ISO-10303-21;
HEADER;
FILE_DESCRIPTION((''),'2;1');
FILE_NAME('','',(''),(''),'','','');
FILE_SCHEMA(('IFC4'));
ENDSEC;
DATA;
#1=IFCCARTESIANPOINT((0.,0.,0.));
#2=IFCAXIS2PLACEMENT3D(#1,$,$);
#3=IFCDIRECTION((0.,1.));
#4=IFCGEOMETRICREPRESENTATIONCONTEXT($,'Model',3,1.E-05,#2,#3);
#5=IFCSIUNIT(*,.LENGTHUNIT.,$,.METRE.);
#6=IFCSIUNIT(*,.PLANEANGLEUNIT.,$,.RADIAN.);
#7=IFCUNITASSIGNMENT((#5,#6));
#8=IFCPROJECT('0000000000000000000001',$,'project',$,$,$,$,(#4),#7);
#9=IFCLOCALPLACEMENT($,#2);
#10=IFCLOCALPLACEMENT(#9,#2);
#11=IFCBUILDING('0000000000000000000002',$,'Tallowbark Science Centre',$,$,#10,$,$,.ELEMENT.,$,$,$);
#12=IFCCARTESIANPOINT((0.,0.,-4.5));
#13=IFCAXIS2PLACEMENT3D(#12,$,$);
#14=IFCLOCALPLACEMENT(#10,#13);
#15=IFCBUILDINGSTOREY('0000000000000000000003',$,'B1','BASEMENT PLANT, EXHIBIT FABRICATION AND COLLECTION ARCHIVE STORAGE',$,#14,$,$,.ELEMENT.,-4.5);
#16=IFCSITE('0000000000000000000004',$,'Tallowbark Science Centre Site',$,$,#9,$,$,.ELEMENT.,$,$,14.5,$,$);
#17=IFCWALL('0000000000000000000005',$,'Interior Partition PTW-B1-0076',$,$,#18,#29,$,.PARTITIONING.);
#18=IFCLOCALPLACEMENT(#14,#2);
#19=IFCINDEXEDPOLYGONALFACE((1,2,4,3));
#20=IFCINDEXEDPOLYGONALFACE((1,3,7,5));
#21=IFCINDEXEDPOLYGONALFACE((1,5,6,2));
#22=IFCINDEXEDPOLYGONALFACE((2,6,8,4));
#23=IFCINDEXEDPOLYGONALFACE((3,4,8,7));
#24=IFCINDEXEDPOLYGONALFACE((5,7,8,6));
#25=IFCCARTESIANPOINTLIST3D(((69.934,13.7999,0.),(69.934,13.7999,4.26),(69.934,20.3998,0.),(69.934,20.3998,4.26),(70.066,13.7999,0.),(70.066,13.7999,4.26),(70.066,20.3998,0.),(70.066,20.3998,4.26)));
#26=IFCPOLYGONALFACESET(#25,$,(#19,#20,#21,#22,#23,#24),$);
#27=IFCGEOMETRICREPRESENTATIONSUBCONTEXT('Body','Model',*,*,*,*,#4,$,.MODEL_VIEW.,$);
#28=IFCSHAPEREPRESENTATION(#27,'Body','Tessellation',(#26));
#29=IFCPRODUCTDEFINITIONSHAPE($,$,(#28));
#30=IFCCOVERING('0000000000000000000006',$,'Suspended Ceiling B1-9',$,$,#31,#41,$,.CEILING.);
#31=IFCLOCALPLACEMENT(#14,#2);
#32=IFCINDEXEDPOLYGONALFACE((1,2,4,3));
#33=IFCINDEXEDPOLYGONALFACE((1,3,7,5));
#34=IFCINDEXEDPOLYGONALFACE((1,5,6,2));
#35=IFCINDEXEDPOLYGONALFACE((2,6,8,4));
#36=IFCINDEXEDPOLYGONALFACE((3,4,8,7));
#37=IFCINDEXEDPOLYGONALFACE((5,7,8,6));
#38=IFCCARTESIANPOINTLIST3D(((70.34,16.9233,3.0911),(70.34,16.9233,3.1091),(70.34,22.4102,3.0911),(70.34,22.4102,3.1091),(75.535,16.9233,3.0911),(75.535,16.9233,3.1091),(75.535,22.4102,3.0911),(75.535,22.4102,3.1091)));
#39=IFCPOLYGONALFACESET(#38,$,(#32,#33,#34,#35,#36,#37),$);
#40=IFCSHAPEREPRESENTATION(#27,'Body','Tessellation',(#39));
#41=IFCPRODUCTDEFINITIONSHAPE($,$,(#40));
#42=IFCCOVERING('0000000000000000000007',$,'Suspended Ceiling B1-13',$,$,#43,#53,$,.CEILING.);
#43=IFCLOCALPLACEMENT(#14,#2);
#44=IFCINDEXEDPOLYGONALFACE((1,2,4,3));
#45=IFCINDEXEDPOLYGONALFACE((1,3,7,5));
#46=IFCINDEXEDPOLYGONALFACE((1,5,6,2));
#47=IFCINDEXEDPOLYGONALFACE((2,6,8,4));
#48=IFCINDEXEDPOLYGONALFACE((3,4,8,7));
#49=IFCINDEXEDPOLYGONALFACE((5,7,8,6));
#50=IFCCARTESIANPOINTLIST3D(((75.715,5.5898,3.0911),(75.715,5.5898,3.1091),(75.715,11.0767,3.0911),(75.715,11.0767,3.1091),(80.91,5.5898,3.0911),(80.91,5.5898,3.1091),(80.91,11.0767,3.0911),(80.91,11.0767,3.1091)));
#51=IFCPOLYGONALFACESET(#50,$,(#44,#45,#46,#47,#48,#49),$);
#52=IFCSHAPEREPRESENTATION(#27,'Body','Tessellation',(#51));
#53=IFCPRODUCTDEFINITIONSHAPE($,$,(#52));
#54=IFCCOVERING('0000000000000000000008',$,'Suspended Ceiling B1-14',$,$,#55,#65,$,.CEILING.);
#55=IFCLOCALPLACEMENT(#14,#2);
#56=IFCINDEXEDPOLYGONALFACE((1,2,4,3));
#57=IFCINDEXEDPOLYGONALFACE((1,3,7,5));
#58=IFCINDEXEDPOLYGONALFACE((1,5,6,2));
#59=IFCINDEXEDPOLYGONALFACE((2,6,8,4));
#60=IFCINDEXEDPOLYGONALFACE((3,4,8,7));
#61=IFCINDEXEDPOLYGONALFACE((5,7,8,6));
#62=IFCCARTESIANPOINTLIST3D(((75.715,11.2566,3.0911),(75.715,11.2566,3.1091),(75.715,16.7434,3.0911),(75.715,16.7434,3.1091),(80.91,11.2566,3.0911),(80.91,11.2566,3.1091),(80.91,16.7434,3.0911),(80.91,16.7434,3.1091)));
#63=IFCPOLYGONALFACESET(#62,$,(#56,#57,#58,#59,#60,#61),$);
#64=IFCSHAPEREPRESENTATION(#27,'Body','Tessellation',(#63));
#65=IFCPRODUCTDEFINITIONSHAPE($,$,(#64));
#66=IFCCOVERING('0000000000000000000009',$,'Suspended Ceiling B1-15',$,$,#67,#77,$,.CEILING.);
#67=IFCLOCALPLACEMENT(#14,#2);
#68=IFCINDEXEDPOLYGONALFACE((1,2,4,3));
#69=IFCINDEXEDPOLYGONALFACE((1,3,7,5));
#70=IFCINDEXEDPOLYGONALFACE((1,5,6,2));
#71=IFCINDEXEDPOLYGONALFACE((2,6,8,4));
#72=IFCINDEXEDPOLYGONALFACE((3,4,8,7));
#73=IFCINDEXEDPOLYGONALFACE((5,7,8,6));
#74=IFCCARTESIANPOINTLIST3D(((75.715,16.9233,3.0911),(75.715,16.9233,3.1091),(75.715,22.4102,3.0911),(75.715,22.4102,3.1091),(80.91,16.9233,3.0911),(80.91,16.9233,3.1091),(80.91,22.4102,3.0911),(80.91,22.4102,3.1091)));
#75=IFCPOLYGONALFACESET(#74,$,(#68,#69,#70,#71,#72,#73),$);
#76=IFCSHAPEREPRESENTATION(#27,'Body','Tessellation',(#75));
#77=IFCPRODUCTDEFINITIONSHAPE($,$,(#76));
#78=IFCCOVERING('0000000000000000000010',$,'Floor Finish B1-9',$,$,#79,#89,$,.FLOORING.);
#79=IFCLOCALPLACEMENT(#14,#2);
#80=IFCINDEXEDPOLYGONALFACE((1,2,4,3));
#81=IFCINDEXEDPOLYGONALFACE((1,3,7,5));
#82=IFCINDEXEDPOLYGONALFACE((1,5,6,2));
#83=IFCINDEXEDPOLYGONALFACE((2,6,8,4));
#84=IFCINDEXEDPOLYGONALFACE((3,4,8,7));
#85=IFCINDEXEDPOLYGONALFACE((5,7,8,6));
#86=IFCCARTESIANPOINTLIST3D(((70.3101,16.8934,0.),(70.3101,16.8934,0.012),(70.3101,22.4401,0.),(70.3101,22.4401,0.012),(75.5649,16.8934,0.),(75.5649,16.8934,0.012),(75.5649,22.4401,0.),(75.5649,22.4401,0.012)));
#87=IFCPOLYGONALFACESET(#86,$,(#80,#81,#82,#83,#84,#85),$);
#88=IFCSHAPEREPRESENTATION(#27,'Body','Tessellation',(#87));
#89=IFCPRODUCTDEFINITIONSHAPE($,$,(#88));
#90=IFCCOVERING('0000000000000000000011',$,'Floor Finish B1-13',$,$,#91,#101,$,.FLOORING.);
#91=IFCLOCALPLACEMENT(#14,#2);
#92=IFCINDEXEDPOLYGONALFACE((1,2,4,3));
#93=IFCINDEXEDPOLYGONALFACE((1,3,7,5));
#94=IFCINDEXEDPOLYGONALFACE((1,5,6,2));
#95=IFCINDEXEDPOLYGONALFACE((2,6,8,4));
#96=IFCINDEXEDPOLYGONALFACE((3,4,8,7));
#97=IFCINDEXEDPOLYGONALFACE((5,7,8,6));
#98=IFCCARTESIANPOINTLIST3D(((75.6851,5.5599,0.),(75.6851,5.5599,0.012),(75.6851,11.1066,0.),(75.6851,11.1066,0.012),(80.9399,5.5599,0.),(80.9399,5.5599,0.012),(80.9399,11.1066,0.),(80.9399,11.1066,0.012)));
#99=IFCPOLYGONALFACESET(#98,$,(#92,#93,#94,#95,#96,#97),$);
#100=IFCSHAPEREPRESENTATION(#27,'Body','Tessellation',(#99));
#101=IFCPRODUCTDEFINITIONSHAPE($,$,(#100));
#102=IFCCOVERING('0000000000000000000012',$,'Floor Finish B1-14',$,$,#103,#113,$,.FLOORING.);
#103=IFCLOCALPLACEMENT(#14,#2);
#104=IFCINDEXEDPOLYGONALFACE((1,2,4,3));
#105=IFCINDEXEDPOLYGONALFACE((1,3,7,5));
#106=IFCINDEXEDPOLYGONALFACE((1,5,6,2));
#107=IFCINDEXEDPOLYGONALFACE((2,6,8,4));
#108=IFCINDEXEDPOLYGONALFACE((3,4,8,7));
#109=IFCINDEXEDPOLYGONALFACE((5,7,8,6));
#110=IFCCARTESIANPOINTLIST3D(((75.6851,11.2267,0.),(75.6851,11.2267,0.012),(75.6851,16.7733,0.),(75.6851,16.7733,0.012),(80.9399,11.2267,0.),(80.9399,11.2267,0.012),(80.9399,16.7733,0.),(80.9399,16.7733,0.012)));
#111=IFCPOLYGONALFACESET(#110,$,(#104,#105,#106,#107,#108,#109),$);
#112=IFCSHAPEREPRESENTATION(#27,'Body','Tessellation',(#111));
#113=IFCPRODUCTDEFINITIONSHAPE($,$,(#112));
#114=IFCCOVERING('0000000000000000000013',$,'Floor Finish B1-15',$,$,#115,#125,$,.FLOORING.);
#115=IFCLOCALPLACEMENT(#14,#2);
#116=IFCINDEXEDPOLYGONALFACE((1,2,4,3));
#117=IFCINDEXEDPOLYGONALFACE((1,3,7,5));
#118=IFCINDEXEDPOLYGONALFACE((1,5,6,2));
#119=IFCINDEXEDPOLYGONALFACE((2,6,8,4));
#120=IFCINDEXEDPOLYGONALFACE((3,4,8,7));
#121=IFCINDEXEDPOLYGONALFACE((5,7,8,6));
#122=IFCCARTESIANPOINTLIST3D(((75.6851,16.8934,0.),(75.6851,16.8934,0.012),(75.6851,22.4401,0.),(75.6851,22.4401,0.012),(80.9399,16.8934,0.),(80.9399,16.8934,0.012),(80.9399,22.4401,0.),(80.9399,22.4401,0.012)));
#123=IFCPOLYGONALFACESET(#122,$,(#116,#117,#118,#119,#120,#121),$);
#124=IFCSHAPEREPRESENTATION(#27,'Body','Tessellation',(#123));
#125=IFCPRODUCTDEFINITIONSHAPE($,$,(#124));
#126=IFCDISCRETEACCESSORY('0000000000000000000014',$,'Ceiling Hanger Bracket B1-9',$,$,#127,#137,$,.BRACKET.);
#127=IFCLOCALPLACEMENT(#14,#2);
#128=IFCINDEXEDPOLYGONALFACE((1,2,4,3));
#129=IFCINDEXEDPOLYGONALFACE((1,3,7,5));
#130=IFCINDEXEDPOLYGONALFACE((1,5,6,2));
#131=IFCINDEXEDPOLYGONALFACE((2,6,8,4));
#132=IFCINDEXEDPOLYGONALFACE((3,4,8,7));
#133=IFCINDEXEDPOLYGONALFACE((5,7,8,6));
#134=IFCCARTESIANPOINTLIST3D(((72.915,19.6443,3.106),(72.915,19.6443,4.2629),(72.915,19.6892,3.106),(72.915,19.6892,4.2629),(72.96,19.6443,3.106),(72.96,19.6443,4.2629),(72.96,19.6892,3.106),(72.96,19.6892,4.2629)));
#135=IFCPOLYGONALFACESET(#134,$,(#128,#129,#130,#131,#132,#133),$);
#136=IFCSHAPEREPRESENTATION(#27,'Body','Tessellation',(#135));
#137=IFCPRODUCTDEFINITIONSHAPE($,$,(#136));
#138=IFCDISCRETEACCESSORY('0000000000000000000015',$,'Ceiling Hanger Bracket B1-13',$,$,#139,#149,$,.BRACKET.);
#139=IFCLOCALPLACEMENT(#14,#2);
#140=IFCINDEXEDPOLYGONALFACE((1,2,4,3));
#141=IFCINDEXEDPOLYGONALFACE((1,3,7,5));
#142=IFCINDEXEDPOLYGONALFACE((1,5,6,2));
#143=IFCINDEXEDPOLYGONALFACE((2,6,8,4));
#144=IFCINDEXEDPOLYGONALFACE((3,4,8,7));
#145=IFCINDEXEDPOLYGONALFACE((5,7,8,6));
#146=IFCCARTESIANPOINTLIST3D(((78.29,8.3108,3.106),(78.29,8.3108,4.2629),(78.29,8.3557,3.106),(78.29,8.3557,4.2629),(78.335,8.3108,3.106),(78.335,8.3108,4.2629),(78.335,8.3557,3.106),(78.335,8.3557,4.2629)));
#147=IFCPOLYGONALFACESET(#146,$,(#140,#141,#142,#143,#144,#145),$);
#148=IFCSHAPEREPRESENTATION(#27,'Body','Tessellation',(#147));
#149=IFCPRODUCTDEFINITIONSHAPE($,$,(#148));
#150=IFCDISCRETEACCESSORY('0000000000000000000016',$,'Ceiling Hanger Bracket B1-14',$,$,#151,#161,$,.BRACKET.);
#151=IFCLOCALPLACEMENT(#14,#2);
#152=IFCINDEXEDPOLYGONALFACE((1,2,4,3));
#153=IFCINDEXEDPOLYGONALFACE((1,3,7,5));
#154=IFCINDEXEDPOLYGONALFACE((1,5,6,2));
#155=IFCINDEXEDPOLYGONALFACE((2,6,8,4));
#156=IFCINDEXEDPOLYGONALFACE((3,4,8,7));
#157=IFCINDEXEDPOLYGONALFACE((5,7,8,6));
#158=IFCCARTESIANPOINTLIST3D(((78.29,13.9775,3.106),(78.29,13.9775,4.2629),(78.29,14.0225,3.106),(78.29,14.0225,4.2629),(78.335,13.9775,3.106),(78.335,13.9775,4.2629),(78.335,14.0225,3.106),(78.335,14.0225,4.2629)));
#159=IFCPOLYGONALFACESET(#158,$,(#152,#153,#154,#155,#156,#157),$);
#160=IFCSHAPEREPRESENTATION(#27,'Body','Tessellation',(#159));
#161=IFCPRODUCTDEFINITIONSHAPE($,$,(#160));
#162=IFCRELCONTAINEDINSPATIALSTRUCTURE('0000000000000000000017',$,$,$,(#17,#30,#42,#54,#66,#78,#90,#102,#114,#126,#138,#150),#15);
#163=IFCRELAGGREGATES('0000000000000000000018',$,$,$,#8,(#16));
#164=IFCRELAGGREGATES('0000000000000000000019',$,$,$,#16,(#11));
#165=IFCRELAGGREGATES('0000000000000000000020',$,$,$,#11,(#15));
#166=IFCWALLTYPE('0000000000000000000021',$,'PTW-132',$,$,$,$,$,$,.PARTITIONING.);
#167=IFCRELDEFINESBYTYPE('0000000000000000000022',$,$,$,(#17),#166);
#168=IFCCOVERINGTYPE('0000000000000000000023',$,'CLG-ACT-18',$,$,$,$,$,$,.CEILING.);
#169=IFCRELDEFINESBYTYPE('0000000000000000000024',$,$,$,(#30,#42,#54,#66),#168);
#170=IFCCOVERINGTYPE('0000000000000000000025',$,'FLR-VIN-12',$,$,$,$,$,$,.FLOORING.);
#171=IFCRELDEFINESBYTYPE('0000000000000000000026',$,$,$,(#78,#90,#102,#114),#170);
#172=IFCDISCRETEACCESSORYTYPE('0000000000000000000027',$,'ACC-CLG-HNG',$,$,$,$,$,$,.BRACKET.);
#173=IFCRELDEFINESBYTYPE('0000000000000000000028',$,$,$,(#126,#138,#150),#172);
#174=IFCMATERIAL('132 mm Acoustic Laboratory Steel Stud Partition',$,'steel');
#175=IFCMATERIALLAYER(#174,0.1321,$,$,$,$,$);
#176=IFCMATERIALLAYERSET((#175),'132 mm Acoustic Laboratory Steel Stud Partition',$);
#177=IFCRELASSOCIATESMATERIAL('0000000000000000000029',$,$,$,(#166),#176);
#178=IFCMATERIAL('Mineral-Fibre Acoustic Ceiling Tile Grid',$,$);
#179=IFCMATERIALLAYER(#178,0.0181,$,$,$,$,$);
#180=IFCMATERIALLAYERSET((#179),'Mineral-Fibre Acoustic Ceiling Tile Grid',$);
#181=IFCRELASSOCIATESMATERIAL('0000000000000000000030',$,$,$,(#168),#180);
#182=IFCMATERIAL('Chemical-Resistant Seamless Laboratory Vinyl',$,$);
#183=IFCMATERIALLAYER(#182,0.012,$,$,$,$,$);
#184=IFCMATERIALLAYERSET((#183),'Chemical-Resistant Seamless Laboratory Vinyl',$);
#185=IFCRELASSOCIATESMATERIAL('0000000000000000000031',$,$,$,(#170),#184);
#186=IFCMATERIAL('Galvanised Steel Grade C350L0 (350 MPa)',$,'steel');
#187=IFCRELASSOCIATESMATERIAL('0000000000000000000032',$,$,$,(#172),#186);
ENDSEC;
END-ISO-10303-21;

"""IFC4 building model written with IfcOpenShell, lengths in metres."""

from ifc_helpers import new_model, si_unit, direction, frame, frame_2d, origin, origin_2d, place, context, subcontext, project, spatial, rectangle, extrude, material, layer, layer_set, type_object, element, save


model = new_model("IFC4")

# Units and contexts
model_context = context("Model", 3, precision=1e-05, world=origin(), true_north=direction((0.0, 1.0)))
body_context = subcontext(model_context, "Body", "Model", "MODEL_VIEW")
ifc_project = project(units=[si_unit("LENGTHUNIT", "METRE"), si_unit("PLANEANGLEUNIT", "RADIAN")], contexts=[model_context])

# Site, building, storey
site_placement = place(None, origin())
site = spatial("IfcSite", under=ifc_project, at=site_placement, Name="Tallowbark Science Centre Site", CompositionType="ELEMENT", RefElevation=14.5)
building_placement = place(site_placement, origin())
building = spatial("IfcBuilding", under=site, at=building_placement, Name="Tallowbark Science Centre", CompositionType="ELEMENT")
storey_placement = place(building_placement, frame((0.0, 0.0, -4.5)))
storey = spatial("IfcBuildingStorey", under=building, at=storey_placement, Name="B1", Description="BASEMENT PLANT, EXHIBIT FABRICATION AND COLLECTION ARCHIVE STORAGE", CompositionType="ELEMENT", Elevation=-4.5)

# Wall
ifc_material_1 = material(Name="132 mm Acoustic Laboratory Steel Stud Partition", Category="steel")
ifc_layer_1 = layer(ifc_material_1, 0.1321)
ifc_layer_set_1 = layer_set([ifc_layer_1], Name="132 mm Acoustic Laboratory Steel Stud Partition")
wall_type = type_object("IfcWallType", Name="PTW-132", PredefinedType="PARTITIONING", material=ifc_layer_set_1)
wall_placement = place(storey_placement, frame((70.0, 13.8, 0.0), z_axis=(0.0, 0.0, 1.0), x_axis=(0.0, 1.0, 0.0)))
element("IfcWall", 1, at=wall_placement, inside=storey, type_object=wall_type, Name="Interior Partition PTW-B1-0076", PredefinedType="PARTITIONING", context=body_context, shape_type="SweptSolid", body=[
    extrude(rectangle(XDim=6.5999, YDim=0.1321, at=frame_2d((3.2998, 0.0))), origin(), (0.0, 0.0, 1.0), 4.26),
])

# Coverings
ifc_material_2 = material(Name="Mineral-Fibre Acoustic Ceiling Tile Grid")
ifc_layer_2 = layer(ifc_material_2, 0.0181)
ifc_layer_set_2 = layer_set([ifc_layer_2], Name="Mineral-Fibre Acoustic Ceiling Tile Grid")
covering_type_1 = type_object("IfcCoveringType", Name="CLG-ACT-18", PredefinedType="CEILING", material=ifc_layer_set_2)
for number, where, z_axis, x_axis, name in (
    (2, (72.9375, 19.6667, 3.0911), (0.0, 0.0, 1.0), (1.0, 0.0, 0.0), "Suspended Ceiling B1-9"),
    (3, (78.3125, 8.3333, 3.0911), (0.0, 0.0, 1.0), (1.0, 0.0, 0.0), "Suspended Ceiling B1-13"),
    (4, (78.3125, 14.0, 3.0911), (0.0, 0.0, 1.0), (1.0, 0.0, 0.0), "Suspended Ceiling B1-14"),
    (5, (78.3125, 19.6667, 3.0911), (0.0, 0.0, 1.0), (1.0, 0.0, 0.0), "Suspended Ceiling B1-15"),
):
    element("IfcCovering", number, at=place(storey_placement, frame(where, z_axis=z_axis, x_axis=x_axis)), inside=storey, type_object=covering_type_1, Name=name, PredefinedType="CEILING", context=body_context, shape_type="SweptSolid", body=[
        extrude(rectangle(XDim=5.1951, YDim=5.4868, at=origin_2d()), origin(), (0.0, 0.0, 1.0), 0.0181),
    ])
ifc_material_3 = material(Name="Chemical-Resistant Seamless Laboratory Vinyl")
ifc_layer_3 = layer(ifc_material_3, 0.012)
ifc_layer_set_3 = layer_set([ifc_layer_3], Name="Chemical-Resistant Seamless Laboratory Vinyl")
covering_type_2 = type_object("IfcCoveringType", Name="FLR-VIN-12", PredefinedType="FLOORING", material=ifc_layer_set_3)
for number, where, z_axis, x_axis, name in (
    (6, (72.9375, 19.6667, 0.0), (0.0, 0.0, 1.0), (1.0, 0.0, 0.0), "Floor Finish B1-9"),
    (7, (78.3125, 8.3333, 0.0), (0.0, 0.0, 1.0), (1.0, 0.0, 0.0), "Floor Finish B1-13"),
    (8, (78.3125, 14.0, 0.0), (0.0, 0.0, 1.0), (1.0, 0.0, 0.0), "Floor Finish B1-14"),
    (9, (78.3125, 19.6667, 0.0), (0.0, 0.0, 1.0), (1.0, 0.0, 0.0), "Floor Finish B1-15"),
):
    element("IfcCovering", number, at=place(storey_placement, frame(where, z_axis=z_axis, x_axis=x_axis)), inside=storey, type_object=covering_type_2, Name=name, PredefinedType="FLOORING", context=body_context, shape_type="SweptSolid", body=[
        extrude(rectangle(XDim=5.2549, YDim=5.5466, at=origin_2d()), origin(), (0.0, 0.0, 1.0), 0.012),
    ])

# Discrete accessories
ifc_material_4 = material(Name="Galvanised Steel Grade C350L0 (350 MPa)", Category="steel")
discrete_accessory_type = type_object("IfcDiscreteAccessoryType", Name="ACC-CLG-HNG", PredefinedType="BRACKET", material=ifc_material_4)
for number, where, z_axis, x_axis, name in (
    (10, (72.9375, 19.6667, 3.106), (0.0, 0.0, 1.0), (1.0, 0.0, 0.0), "Ceiling Hanger Bracket B1-9"),
    (11, (78.3125, 8.3333, 3.106), (0.0, 0.0, 1.0), (1.0, 0.0, 0.0), "Ceiling Hanger Bracket B1-13"),
    (12, (78.3125, 14.0, 3.106), (0.0, 0.0, 1.0), (1.0, 0.0, 0.0), "Ceiling Hanger Bracket B1-14"),
):
    element("IfcDiscreteAccessory", number, at=place(storey_placement, frame(where, z_axis=z_axis, x_axis=x_axis)), inside=storey, type_object=discrete_accessory_type, Name=name, PredefinedType="BRACKET", context=body_context, shape_type="SweptSolid", body=[
        extrude(rectangle(XDim=0.0449, YDim=0.0449, at=origin_2d()), origin(), (0.0, 0.0, 1.0), 1.157),
    ])

save(model, "model.ifc")
